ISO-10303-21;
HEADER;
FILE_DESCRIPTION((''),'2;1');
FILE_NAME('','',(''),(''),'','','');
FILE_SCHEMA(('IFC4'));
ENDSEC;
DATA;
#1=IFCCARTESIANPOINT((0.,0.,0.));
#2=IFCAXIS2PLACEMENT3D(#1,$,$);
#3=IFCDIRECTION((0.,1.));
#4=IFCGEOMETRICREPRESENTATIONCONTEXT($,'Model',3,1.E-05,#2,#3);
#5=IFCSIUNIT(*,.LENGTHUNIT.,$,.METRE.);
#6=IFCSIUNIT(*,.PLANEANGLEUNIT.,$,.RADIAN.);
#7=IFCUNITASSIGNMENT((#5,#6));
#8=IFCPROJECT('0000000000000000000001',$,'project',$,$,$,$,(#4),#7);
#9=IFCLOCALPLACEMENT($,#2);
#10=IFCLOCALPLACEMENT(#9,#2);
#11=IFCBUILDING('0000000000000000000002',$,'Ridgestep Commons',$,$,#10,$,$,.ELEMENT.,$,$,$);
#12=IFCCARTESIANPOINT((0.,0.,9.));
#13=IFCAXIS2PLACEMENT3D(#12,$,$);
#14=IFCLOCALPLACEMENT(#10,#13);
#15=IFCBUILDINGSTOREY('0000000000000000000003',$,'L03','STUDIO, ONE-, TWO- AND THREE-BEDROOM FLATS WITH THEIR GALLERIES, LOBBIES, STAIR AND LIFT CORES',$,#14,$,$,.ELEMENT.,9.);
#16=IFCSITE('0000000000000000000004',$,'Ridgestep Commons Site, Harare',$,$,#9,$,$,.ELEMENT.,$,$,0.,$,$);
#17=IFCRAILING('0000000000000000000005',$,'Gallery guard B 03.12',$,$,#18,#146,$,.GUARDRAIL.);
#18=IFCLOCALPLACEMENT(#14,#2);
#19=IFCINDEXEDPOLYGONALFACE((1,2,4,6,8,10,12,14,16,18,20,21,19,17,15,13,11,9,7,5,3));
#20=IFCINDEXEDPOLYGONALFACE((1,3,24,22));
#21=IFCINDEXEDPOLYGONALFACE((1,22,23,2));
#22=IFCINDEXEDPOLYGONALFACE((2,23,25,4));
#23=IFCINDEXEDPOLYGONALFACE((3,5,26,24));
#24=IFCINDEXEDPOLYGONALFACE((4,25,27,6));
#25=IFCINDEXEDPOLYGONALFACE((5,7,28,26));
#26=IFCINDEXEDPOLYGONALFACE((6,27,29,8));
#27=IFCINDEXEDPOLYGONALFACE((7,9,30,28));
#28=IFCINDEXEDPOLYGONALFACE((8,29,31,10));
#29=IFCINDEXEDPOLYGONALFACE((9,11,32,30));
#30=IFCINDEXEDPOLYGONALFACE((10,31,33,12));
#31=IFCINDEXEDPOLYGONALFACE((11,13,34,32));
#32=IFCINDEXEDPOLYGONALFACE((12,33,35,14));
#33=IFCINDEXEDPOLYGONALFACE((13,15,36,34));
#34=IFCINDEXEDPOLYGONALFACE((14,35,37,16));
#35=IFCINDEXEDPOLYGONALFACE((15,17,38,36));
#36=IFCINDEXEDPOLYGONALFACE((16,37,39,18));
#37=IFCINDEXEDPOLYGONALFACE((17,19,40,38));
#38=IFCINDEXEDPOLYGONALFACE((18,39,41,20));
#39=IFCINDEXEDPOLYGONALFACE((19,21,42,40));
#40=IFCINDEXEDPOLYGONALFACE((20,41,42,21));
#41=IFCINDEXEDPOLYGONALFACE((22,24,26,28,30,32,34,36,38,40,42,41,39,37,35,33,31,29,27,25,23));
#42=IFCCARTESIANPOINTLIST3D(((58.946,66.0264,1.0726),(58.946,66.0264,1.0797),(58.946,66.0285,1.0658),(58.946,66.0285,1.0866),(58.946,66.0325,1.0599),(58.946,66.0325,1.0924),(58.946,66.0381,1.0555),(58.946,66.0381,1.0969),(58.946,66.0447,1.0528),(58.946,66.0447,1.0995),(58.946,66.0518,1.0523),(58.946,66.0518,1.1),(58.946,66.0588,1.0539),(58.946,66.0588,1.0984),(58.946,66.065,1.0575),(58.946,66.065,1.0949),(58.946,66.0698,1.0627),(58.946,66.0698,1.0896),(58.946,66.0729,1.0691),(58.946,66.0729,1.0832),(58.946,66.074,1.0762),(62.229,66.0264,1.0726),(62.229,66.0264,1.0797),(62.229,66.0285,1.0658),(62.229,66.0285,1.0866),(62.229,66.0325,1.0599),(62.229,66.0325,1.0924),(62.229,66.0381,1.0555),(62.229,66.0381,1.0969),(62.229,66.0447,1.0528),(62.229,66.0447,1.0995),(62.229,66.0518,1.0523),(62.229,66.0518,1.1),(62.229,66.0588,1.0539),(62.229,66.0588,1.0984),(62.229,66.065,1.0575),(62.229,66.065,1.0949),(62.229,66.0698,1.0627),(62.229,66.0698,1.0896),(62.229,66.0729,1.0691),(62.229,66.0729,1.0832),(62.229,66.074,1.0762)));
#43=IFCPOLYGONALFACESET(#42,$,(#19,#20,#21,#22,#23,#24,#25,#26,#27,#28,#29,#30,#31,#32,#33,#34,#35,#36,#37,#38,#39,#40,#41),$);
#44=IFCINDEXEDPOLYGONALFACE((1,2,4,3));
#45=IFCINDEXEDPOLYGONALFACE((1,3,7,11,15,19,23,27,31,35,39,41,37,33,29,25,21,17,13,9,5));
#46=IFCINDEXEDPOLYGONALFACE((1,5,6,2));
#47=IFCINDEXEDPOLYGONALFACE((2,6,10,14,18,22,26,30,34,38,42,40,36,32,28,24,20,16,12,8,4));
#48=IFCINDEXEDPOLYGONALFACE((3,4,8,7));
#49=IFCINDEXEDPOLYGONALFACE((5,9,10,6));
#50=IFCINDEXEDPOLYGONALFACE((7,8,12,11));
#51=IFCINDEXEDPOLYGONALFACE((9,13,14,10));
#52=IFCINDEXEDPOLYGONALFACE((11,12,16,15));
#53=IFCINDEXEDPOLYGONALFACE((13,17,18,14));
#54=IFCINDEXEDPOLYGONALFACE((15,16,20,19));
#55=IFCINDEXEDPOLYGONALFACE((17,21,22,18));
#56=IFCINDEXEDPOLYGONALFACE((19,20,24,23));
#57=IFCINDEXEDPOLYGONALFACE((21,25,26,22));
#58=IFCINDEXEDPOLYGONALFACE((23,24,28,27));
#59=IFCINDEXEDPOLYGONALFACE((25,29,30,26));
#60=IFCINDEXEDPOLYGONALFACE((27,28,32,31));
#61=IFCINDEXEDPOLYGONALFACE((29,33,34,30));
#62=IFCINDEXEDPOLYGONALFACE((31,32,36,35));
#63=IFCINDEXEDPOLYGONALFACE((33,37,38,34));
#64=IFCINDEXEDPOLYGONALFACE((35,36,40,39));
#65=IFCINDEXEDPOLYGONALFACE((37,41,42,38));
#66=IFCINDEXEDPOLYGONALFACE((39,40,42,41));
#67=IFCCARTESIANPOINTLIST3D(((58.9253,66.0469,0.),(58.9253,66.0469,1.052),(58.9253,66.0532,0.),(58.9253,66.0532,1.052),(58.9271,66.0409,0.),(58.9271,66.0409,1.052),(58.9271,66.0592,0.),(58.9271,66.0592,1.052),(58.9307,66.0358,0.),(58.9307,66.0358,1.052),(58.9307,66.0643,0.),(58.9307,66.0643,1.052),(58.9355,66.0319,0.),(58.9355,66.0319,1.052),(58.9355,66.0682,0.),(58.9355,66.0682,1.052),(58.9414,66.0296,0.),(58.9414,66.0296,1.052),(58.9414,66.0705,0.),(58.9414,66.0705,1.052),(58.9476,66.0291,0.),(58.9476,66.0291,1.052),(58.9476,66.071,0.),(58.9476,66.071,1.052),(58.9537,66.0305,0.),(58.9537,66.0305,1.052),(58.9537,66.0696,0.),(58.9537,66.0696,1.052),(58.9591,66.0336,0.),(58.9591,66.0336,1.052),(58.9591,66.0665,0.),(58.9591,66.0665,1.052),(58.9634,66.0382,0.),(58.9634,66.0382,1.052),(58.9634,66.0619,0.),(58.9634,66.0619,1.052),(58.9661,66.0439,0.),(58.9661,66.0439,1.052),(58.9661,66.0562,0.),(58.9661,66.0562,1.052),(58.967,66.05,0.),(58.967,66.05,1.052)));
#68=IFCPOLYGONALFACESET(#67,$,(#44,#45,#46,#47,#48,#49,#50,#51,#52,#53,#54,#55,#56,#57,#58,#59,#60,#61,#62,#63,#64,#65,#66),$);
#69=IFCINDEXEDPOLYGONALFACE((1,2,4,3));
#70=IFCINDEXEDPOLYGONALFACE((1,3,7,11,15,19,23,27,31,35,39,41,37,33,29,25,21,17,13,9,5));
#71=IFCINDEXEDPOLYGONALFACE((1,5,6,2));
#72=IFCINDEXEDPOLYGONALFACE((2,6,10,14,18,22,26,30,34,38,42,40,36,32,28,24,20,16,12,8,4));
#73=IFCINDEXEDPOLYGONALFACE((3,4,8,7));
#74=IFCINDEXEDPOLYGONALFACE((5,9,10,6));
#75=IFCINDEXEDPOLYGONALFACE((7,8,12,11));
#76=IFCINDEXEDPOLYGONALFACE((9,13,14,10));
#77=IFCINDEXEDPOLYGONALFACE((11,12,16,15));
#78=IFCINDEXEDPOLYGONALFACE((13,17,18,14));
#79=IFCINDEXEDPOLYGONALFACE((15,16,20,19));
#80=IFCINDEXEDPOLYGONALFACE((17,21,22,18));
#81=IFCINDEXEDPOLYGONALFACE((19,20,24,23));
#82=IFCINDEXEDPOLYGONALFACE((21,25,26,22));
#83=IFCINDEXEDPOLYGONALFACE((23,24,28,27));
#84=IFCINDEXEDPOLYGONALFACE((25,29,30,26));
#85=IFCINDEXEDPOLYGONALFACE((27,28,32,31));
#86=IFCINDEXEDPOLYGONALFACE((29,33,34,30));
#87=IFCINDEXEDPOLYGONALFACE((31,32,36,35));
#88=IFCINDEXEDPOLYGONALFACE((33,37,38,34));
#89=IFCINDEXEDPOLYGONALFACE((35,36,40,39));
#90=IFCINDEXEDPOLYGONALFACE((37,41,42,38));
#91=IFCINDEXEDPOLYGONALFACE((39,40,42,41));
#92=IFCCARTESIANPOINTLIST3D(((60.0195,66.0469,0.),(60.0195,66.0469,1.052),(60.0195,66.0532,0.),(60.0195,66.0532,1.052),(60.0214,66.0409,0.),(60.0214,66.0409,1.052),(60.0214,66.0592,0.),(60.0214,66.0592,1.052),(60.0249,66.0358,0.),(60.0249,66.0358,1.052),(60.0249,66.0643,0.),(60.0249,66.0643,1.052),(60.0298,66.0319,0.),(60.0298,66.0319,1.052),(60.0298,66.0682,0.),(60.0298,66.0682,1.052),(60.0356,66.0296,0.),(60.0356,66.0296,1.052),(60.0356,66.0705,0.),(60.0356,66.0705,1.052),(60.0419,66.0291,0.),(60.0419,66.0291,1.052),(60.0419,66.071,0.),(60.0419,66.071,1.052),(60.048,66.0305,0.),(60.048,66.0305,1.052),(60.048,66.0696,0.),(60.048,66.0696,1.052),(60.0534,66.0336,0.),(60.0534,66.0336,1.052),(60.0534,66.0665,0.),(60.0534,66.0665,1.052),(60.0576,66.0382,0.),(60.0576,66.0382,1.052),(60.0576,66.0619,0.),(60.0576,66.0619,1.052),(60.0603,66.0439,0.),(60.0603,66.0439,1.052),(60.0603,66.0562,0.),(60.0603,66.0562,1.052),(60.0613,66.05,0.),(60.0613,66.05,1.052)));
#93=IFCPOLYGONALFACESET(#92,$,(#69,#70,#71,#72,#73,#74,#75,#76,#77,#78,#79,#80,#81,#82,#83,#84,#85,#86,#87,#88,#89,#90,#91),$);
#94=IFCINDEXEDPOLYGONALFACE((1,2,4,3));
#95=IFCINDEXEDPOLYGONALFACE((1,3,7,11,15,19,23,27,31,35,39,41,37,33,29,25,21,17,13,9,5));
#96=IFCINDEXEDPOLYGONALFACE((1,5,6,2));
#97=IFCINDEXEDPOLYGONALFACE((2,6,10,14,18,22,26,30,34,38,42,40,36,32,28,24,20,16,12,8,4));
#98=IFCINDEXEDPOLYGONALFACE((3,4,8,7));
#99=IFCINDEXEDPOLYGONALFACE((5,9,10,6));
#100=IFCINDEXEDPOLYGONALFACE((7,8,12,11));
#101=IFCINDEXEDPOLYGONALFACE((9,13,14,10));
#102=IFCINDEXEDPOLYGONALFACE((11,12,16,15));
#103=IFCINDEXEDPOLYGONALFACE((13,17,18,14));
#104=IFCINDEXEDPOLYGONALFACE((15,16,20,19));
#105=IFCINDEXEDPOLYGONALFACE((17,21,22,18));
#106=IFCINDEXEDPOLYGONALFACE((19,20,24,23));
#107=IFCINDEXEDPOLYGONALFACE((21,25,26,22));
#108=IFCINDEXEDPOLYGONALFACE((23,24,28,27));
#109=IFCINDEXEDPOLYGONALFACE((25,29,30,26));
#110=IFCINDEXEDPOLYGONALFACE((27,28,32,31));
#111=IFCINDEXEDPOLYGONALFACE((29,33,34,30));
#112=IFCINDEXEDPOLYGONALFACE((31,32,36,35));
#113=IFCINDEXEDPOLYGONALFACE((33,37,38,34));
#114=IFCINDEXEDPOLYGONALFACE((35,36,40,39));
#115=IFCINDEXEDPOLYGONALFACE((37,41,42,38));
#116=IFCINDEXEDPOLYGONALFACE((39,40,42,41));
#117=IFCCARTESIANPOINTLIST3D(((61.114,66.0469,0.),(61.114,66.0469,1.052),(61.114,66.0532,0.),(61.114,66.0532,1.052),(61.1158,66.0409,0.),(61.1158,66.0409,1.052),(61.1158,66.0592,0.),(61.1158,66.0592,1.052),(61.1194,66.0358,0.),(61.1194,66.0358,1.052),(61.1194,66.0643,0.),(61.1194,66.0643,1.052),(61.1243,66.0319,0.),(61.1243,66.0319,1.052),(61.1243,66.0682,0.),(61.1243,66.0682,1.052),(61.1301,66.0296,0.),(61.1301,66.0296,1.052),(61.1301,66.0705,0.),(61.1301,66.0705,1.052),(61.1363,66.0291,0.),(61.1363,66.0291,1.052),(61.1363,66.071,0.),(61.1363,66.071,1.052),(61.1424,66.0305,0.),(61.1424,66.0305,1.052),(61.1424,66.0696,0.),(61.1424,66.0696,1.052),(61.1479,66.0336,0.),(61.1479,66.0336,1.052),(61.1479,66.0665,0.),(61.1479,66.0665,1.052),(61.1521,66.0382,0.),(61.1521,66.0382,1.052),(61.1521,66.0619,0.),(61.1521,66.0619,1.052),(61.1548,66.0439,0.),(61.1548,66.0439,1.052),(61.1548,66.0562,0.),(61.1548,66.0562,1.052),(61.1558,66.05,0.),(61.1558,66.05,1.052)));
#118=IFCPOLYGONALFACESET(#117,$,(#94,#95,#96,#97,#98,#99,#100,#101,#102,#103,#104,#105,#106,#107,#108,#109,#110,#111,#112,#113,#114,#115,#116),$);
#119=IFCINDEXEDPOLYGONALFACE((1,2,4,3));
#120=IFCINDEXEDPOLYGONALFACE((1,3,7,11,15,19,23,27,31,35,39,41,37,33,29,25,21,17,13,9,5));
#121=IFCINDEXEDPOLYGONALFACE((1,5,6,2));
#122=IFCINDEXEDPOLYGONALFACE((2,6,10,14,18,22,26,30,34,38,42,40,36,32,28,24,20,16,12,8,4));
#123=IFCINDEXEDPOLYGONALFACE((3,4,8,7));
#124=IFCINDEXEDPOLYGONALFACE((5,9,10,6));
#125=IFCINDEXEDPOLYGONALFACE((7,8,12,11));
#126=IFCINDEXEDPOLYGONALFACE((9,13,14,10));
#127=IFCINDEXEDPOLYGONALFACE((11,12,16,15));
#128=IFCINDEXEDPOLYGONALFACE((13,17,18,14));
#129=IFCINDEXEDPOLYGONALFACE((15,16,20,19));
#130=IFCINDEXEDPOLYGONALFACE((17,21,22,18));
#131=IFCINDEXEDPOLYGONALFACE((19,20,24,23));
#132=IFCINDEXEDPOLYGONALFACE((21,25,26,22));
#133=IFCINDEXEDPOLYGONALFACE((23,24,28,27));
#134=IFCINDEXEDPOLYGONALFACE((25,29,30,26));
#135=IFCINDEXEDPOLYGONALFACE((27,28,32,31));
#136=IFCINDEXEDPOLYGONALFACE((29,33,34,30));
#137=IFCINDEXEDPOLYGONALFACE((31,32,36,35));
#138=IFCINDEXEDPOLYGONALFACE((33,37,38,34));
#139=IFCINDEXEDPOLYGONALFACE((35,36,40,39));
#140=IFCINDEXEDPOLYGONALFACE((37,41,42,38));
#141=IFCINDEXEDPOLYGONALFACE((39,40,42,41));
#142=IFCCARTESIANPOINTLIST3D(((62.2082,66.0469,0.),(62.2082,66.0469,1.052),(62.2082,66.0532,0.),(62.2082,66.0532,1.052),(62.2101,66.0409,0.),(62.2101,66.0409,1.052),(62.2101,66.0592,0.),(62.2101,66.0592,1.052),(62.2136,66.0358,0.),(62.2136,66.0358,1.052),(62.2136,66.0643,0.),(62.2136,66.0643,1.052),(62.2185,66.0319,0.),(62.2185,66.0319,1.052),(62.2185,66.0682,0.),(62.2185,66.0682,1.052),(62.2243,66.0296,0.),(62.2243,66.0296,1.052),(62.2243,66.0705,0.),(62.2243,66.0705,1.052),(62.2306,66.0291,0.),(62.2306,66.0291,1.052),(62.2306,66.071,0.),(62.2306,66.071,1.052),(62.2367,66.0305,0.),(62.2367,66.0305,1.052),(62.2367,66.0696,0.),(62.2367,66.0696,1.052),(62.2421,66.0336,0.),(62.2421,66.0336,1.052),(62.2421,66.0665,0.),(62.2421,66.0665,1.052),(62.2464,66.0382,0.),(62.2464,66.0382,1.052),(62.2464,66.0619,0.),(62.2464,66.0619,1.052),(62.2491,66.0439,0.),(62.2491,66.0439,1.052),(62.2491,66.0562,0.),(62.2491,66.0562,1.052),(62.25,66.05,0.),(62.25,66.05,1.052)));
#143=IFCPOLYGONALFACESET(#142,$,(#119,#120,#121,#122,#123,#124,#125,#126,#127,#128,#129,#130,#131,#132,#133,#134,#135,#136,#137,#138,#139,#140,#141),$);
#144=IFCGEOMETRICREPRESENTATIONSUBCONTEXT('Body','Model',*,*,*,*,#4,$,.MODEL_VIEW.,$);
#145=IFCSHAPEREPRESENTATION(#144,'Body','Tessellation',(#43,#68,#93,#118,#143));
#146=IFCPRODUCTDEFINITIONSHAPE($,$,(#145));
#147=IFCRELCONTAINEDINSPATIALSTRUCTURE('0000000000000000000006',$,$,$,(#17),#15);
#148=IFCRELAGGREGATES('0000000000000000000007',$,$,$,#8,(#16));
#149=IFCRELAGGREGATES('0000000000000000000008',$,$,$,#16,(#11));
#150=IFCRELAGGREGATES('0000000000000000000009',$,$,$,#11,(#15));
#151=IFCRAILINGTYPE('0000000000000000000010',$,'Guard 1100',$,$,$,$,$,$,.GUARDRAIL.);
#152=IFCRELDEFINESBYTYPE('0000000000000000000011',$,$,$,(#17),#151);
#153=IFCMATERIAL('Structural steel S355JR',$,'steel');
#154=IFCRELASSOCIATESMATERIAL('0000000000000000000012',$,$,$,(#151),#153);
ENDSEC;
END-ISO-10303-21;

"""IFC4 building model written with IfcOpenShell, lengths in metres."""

from ifc_helpers import new_model, si_unit, direction, frame, origin, origin_2d, place, context, subcontext, project, spatial, circle, extrude, material, type_object, element, save


model = new_model("IFC4")

# Units and contexts
model_context = context("Model", 3, precision=1e-05, world=origin(), true_north=direction((0.0, 1.0)))
body_context = subcontext(model_context, "Body", "Model", "MODEL_VIEW")
ifc_project = project(units=[si_unit("LENGTHUNIT", "METRE"), si_unit("PLANEANGLEUNIT", "RADIAN")], contexts=[model_context])

# Site, building, storey
site_placement = place(None, origin())
site = spatial("IfcSite", under=ifc_project, at=site_placement, Name="Ridgestep Commons Site, Harare", CompositionType="ELEMENT", RefElevation=0.0)
building_placement = place(site_placement, origin())
building = spatial("IfcBuilding", under=site, at=building_placement, Name="Ridgestep Commons", CompositionType="ELEMENT")
storey_placement = place(building_placement, frame((0.0, 0.0, 9.0)))
storey = spatial("IfcBuildingStorey", under=building, at=storey_placement, Name="L03", Description="STUDIO, ONE-, TWO- AND THREE-BEDROOM FLATS WITH THEIR GALLERIES, LOBBIES, STAIR AND LIFT CORES", CompositionType="ELEMENT", Elevation=9.0)

# Railing
ifc_material_1 = material(Name="Structural steel S355JR", Category="steel")
railing_type_1 = type_object("IfcRailingType", Name="Guard 1100", PredefinedType="GUARDRAIL", material=ifc_material_1)
for number, where, name in (
    (1, (58.946, 66.05, 0.0), "Gallery guard B 03.12"),
):
    element("IfcRailing", number, at=place(storey_placement, frame(where)), inside=storey, type_object=railing_type_1, Name=name, PredefinedType="GUARDRAIL", context=body_context, shape_type="SweptSolid", body=[
        extrude(circle(Radius=0.0239, at=origin_2d()), frame((0.0, 0.0, 1.0762), z_axis=(1.0, 0.0, 0.0), x_axis=(0.0, 1.0, 0.0)), (0.0, 0.0, 1.0), 3.283),
        extrude(circle(Radius=0.021, at=origin_2d()), origin(), (0.0, 0.0, 1.0), 1.052),
        extrude(circle(Radius=0.021, at=origin_2d()), frame((1.0942, 0.0, 0.0)), (0.0, 0.0, 1.0), 1.052),
        extrude(circle(Radius=0.021, at=origin_2d()), frame((2.1887, 0.0, 0.0)), (0.0, 0.0, 1.0), 1.052),
        extrude(circle(Radius=0.021, at=origin_2d()), frame((3.283, 0.0, 0.0)), (0.0, 0.0, 1.0), 1.052),
    ])

save(model, "model.ifc")
